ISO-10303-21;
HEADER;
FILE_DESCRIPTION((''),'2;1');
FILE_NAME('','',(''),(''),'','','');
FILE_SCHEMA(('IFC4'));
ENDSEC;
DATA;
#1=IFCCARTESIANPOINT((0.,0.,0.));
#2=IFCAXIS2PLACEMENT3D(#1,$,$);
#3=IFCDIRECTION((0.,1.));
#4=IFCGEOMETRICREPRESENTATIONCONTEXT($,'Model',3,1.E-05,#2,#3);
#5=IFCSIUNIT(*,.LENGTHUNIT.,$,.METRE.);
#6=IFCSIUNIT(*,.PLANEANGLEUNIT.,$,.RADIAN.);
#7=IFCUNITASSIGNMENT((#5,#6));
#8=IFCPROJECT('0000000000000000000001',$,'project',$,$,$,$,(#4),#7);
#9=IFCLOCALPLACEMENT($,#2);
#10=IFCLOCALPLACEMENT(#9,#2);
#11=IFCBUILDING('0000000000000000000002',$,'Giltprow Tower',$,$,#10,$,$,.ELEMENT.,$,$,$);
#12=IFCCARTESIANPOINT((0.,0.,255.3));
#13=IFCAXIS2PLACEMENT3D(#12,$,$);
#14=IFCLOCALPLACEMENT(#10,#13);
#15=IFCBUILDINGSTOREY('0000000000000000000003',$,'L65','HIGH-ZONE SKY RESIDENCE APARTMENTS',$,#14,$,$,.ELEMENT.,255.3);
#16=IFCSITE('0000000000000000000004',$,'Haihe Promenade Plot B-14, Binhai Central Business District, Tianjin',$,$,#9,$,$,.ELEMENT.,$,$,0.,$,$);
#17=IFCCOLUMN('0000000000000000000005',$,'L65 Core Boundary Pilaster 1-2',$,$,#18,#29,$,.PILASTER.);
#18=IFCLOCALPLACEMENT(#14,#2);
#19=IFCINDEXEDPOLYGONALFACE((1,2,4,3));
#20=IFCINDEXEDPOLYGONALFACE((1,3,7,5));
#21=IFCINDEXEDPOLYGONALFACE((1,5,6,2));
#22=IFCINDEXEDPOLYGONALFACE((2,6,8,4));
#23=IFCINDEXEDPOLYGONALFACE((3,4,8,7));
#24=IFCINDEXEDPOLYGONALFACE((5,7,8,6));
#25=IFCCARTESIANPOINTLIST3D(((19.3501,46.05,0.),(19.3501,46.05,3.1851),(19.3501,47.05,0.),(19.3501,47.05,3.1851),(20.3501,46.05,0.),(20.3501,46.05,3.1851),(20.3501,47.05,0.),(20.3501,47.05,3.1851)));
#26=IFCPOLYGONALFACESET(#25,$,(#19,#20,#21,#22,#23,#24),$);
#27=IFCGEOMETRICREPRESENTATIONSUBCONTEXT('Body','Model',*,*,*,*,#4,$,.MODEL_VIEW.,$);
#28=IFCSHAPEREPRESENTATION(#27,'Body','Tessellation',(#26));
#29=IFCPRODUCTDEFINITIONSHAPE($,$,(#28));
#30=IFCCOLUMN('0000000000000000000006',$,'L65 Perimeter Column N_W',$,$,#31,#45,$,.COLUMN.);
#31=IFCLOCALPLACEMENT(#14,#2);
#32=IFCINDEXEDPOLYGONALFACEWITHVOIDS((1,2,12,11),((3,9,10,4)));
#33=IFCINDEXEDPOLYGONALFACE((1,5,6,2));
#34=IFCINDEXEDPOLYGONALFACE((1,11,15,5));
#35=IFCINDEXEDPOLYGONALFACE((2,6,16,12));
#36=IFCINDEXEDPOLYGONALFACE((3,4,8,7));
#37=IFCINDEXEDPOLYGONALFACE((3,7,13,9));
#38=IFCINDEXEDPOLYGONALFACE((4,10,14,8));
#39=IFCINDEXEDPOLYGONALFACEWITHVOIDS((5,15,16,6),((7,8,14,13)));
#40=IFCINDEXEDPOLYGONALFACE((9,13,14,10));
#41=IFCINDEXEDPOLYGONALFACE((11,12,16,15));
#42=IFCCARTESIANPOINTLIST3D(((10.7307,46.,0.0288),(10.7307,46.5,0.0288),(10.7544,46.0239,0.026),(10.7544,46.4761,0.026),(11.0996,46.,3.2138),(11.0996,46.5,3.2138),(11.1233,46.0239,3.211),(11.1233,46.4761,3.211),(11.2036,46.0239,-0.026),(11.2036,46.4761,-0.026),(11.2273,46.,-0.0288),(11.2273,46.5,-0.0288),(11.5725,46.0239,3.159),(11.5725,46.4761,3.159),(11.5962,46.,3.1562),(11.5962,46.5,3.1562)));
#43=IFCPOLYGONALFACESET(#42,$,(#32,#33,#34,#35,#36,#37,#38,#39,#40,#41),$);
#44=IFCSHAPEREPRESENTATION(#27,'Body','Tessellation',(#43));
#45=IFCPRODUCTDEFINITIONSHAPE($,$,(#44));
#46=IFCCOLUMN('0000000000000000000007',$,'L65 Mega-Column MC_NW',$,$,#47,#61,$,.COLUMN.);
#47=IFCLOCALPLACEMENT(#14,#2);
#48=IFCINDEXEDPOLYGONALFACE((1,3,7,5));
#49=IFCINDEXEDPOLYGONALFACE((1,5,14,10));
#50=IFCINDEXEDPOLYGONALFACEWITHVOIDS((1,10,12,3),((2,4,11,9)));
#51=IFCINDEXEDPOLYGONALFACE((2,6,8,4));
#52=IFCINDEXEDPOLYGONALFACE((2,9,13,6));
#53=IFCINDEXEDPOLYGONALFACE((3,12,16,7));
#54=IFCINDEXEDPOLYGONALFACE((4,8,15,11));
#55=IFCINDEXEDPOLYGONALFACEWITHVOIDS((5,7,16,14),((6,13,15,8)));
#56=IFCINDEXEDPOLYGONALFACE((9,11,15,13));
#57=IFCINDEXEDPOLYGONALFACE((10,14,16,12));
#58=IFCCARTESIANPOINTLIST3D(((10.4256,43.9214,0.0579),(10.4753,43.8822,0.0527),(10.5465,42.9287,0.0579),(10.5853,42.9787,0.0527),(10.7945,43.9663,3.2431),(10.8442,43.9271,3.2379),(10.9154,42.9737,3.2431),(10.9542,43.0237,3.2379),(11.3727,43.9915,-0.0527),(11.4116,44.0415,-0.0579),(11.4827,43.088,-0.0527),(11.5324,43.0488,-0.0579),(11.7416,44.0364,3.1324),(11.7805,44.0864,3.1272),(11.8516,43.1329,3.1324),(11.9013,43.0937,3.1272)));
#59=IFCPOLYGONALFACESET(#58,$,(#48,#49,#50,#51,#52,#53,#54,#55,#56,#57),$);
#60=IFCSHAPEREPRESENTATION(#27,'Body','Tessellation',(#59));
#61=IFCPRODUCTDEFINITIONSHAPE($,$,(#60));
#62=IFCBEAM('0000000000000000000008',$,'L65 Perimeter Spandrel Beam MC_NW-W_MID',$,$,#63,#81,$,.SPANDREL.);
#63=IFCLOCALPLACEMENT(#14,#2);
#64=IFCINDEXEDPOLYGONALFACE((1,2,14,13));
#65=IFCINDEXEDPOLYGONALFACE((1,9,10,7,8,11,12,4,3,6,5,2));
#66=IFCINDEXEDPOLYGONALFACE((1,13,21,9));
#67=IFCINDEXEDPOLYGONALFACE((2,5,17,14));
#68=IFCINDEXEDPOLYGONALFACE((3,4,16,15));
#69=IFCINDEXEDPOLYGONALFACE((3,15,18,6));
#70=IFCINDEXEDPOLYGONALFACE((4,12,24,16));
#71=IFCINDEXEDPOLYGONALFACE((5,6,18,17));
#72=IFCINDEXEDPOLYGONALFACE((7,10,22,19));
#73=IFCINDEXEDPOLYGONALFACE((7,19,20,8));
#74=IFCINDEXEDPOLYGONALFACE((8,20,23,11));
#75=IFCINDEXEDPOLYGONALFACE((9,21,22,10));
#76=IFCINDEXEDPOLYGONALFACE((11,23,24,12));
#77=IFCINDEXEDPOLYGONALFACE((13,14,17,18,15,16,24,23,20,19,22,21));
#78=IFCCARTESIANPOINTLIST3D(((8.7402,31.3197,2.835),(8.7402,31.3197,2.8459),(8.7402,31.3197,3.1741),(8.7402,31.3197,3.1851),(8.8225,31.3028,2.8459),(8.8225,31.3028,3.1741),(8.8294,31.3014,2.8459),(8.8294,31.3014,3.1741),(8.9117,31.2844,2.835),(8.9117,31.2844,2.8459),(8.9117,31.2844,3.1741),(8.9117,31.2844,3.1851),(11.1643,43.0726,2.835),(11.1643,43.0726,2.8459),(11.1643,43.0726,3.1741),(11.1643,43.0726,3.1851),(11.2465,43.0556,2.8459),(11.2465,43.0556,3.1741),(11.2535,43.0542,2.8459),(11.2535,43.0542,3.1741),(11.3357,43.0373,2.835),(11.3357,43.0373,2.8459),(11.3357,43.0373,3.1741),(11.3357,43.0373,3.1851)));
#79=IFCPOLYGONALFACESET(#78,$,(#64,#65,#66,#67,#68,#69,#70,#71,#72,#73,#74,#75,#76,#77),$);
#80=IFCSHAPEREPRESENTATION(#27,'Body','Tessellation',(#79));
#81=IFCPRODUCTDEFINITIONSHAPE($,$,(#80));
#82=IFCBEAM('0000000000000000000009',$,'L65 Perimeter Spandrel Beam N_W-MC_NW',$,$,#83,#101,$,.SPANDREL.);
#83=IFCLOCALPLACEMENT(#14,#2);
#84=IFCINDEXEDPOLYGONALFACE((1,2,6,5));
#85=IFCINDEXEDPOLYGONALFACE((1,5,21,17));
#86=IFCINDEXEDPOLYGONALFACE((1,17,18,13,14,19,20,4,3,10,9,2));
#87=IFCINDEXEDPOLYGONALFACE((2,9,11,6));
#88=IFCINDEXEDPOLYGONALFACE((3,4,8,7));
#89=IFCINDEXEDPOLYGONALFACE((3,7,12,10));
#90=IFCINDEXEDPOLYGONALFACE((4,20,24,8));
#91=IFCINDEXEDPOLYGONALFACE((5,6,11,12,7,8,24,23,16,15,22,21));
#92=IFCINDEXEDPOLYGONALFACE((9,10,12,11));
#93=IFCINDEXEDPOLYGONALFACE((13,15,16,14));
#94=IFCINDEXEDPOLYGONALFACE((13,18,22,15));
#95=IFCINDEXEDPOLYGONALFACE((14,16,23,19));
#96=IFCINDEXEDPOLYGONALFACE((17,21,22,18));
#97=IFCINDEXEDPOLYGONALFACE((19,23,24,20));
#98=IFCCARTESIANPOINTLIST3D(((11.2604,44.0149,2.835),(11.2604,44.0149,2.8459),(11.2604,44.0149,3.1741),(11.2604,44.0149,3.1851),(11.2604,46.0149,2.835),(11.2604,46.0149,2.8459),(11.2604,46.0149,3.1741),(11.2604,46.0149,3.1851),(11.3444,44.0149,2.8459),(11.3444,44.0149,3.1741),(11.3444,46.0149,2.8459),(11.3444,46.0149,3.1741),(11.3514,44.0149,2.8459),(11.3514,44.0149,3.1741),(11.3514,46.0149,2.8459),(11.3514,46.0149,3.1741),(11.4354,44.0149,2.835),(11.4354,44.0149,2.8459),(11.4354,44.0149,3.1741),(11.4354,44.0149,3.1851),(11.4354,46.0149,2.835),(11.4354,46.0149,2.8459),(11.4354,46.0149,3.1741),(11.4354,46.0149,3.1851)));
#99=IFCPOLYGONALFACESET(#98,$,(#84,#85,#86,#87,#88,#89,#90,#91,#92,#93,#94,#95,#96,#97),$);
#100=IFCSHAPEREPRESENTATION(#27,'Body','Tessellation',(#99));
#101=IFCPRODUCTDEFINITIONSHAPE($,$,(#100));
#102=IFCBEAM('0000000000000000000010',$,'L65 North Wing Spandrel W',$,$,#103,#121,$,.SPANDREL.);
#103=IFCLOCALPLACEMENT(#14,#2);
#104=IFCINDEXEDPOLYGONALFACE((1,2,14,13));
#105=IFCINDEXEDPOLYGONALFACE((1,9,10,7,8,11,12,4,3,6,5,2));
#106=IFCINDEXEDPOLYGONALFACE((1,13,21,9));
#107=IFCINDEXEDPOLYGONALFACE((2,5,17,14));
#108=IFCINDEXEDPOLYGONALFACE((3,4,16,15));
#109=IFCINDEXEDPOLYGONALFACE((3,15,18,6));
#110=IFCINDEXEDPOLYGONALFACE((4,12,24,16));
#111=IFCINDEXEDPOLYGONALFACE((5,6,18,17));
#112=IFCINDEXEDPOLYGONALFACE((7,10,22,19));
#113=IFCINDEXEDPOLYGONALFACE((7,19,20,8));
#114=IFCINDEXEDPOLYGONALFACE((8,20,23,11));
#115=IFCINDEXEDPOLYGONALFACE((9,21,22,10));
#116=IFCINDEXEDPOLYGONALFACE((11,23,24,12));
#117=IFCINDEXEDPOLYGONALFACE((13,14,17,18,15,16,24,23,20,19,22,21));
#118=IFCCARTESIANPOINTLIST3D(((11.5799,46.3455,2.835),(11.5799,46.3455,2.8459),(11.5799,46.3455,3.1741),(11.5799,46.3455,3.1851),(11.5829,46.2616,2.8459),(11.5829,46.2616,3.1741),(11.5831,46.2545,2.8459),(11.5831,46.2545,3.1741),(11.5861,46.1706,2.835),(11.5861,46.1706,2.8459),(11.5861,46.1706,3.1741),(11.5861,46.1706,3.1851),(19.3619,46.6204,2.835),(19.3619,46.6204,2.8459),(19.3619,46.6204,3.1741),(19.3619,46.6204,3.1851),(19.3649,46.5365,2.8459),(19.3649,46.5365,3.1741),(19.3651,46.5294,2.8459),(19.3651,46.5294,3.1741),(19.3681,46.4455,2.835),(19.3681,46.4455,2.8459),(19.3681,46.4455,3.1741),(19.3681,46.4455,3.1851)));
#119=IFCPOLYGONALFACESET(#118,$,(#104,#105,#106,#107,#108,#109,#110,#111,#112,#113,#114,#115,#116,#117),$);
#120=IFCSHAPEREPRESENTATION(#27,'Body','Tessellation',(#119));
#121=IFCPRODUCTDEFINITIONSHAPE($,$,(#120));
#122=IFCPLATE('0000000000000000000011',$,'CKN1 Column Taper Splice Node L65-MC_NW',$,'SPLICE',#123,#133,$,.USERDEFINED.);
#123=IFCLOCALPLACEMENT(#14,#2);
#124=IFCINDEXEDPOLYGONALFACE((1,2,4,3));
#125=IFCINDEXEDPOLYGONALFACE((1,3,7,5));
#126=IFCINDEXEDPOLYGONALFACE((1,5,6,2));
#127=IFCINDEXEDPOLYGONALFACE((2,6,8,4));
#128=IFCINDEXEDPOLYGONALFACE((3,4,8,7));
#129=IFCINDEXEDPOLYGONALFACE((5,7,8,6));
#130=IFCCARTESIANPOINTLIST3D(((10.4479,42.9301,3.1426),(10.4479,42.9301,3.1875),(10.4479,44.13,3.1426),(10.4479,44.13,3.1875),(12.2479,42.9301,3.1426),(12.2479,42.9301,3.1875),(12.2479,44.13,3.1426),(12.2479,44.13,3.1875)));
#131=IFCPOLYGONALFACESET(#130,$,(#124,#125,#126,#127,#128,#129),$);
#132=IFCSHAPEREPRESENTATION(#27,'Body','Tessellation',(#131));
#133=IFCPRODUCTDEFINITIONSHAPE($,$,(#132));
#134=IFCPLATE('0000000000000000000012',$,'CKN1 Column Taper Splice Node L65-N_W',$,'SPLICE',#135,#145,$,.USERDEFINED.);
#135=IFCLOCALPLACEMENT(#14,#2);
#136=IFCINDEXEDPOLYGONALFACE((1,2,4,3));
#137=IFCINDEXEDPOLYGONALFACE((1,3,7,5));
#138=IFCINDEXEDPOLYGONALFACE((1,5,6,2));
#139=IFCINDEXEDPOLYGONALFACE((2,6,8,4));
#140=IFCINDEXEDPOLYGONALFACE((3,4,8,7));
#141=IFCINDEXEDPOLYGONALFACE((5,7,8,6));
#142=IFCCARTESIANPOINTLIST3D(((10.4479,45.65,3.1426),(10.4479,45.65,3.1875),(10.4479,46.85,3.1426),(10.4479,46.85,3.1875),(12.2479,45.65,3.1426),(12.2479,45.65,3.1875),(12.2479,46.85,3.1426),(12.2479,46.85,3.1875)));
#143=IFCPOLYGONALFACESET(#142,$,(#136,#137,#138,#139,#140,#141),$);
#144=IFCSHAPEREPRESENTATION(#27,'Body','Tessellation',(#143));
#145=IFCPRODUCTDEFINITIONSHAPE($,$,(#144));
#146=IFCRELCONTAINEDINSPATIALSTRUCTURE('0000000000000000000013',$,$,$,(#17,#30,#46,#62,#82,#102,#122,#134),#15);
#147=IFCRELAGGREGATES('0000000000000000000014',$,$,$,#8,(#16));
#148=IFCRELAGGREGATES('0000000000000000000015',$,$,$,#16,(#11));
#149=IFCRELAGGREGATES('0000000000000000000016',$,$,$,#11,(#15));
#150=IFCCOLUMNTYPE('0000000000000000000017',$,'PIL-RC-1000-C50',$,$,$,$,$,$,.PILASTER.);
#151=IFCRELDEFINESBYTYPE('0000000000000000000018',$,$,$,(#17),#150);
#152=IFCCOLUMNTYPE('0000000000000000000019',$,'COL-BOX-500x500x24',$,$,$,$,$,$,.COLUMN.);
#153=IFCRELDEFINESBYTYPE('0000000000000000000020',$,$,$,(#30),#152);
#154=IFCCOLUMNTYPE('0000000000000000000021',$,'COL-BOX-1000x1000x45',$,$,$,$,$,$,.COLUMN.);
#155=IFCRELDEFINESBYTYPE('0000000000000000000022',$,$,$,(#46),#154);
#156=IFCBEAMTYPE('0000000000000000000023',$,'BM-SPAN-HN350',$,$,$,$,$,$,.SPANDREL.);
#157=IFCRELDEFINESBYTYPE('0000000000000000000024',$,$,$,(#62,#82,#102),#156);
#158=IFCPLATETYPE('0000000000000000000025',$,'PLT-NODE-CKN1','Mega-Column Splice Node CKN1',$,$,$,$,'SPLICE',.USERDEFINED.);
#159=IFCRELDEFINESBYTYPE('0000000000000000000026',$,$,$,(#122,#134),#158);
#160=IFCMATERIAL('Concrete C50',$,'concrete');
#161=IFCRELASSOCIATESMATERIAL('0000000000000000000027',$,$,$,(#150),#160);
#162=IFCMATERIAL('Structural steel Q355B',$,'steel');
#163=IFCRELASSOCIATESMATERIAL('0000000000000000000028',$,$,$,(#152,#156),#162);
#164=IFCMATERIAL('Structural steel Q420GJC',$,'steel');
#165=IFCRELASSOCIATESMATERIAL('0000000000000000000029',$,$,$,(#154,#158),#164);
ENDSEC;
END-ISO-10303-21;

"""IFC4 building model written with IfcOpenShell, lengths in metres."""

from ifc_helpers import new_model, si_unit, direction, frame, origin, origin_2d, place, context, subcontext, project, spatial, rectangle, hollow_rectangle, i_section, extrude, source, transform, mapped, material, material_profile, profile_set, type_object, element, save


model = new_model("IFC4")

# Units and contexts
model_context = context("Model", 3, precision=1e-05, world=origin(), true_north=direction((0.0, 1.0)))
body_context = subcontext(model_context, "Body", "Model", "MODEL_VIEW")
ifc_project = project(units=[si_unit("LENGTHUNIT", "METRE"), si_unit("PLANEANGLEUNIT", "RADIAN")], contexts=[model_context])

# Site, building, storey
site_placement = place(None, origin())
site = spatial("IfcSite", under=ifc_project, at=site_placement, Name="Haihe Promenade Plot B-14, Binhai Central Business District, Tianjin", CompositionType="ELEMENT", RefElevation=0.0)
building_placement = place(site_placement, origin())
building = spatial("IfcBuilding", under=site, at=building_placement, Name="Giltprow Tower", CompositionType="ELEMENT")
storey_placement = place(building_placement, frame((0.0, 0.0, 255.3)))
storey = spatial("IfcBuildingStorey", under=building, at=storey_placement, Name="L65", Description="HIGH-ZONE SKY RESIDENCE APARTMENTS", CompositionType="ELEMENT", Elevation=255.3)

# Columns
ifc_material_1 = material(Name="Concrete C50", Category="concrete")
ifc_material_profile_1 = material_profile(ifc_material_1, rectangle(XDim=1.0, YDim=1.0, at=origin_2d()), Name="RC 1000x1000")
ifc_profile_set_1 = profile_set([ifc_material_profile_1], Name="Concrete C50")
column_type_1 = type_object("IfcColumnType", Name="PIL-RC-1000-C50", PredefinedType="PILASTER", material=ifc_profile_set_1)
shared_shape_1 = source(origin(), body_context, "Body", "SweptSolid", [
    extrude(rectangle(XDim=1.0, YDim=1.0, at=origin_2d()), origin(), (0.0, 0.0, 1.0), 3.1851),
])
column_1_placement = place(storey_placement, frame((19.8501, 46.55, 0.0), z_axis=(0.0, 0.0, 1.0), x_axis=(1.0, 0.0, 0.0)))
element("IfcColumn", 1, at=column_1_placement, inside=storey, type_object=column_type_1, Name="L65 Core Boundary Pilaster 1-2", PredefinedType="PILASTER", context=body_context, shape_type="MappedRepresentation", body=[
    mapped(shared_shape_1, transform((0.0, 0.0, 0.0), x_axis=(1.0, 0.0, 0.0), y_axis=(0.0, 1.0, 0.0), z_axis=(0.0, 0.0, 1.0), scale=1.0)),
])
ifc_material_2 = material(Name="Structural steel Q355B", Category="steel")
ifc_material_profile_2 = material_profile(ifc_material_2, hollow_rectangle(XDim=0.5, YDim=0.5, WallThickness=0.0239, at=origin_2d()), Name="BOX 500x500x24")
ifc_profile_set_2 = profile_set([ifc_material_profile_2], Name="Structural steel Q355B")
column_type_2 = type_object("IfcColumnType", Name="COL-BOX-500x500x24", PredefinedType="COLUMN", material=ifc_profile_set_2)
shared_shape_2 = source(origin(), body_context, "Body", "SweptSolid", [
    extrude(hollow_rectangle(XDim=0.5, YDim=0.5, WallThickness=0.0239, at=origin_2d()), origin(), (0.0, 0.0, 1.0), 3.2063),
])
column_2_placement = place(storey_placement, frame((10.979, 46.25, 0.0), z_axis=(0.115052, 0.0, 0.993359), x_axis=(0.0, 1.0, 0.0)))
element("IfcColumn", 2, at=column_2_placement, inside=storey, type_object=column_type_2, Name="L65 Perimeter Column N_W", PredefinedType="COLUMN", context=body_context, shape_type="MappedRepresentation", body=[
    mapped(shared_shape_2, transform((0.0, 0.0, 0.0), x_axis=(1.0, 0.0, 0.0), y_axis=(0.0, 1.0, 0.0), z_axis=(0.0, 0.0, 1.0), scale=1.0)),
])
ifc_material_3 = material(Name="Structural steel Q420GJC", Category="steel")
ifc_material_profile_3 = material_profile(ifc_material_3, hollow_rectangle(XDim=1.0, YDim=1.0, WallThickness=0.0449, at=origin_2d()), Name="BOX 1000x1000x45")
ifc_profile_set_3 = profile_set([ifc_material_profile_3], Name="Structural steel Q420GJC")
column_type_3 = type_object("IfcColumnType", Name="COL-BOX-1000x1000x45", PredefinedType="COLUMN", material=ifc_profile_set_3)
shared_shape_3 = source(origin(), body_context, "Body", "SweptSolid", [
    extrude(hollow_rectangle(XDim=1.0, YDim=1.0, WallThickness=0.0449, at=origin_2d()), origin(), (0.0, 0.0, 1.0), 3.2068),
])
column_3_placement = place(storey_placement, frame((10.979, 43.4851, 0.0), z_axis=(0.115041, 0.014009, 0.993262), x_axis=(-0.120881, 0.992667, 0.0)))
element("IfcColumn", 3, at=column_3_placement, inside=storey, type_object=column_type_3, Name="L65 Mega-Column MC_NW", PredefinedType="COLUMN", context=body_context, shape_type="MappedRepresentation", body=[
    mapped(shared_shape_3, transform((0.0, 0.0, 0.0), x_axis=(1.0, 0.0, 0.0), y_axis=(0.0, 1.0, 0.0), z_axis=(0.0, 0.0, 1.0), scale=1.0)),
])

# Beams
ifc_material_profile_4 = material_profile(ifc_material_2, i_section(OverallWidth=0.175, OverallDepth=0.3501, WebThickness=0.0071, FlangeThickness=0.011, at=origin_2d()), Name="HN 350x175x7x11")
ifc_profile_set_4 = profile_set([ifc_material_profile_4], Name="Structural steel Q355B")
beam_type = type_object("IfcBeamType", Name="BM-SPAN-HN350", PredefinedType="SPANDREL", material=ifc_profile_set_4)
shared_shape_4 = source(origin(), body_context, "Body", "SweptSolid", [
    extrude(i_section(OverallWidth=0.175, OverallDepth=0.3501, WebThickness=0.0071, FlangeThickness=0.011, at=origin_2d()), origin(), (0.0, 0.0, 1.0), 12.0002),
])
beam_1_placement = place(storey_placement, frame((11.25, 43.0549, 3.01), z_axis=(-0.202001, -0.979385, 0.0), x_axis=(0.979385, -0.202001, 0.0)))
element("IfcBeam", 4, at=beam_1_placement, inside=storey, type_object=beam_type, Name="L65 Perimeter Spandrel Beam MC_NW-W_MID", PredefinedType="SPANDREL", context=body_context, shape_type="MappedRepresentation", body=[
    mapped(shared_shape_4, transform((0.0, 0.0, 0.0), x_axis=(1.0, 0.0, 0.0), y_axis=(0.0, 1.0, 0.0), z_axis=(0.0, 0.0, 1.0), scale=1.0)),
])
shared_shape_5 = source(origin(), body_context, "Body", "SweptSolid", [
    extrude(i_section(OverallWidth=0.175, OverallDepth=0.3501, WebThickness=0.0071, FlangeThickness=0.011, at=origin_2d()), origin(), (0.0, 0.0, 1.0), 2.0),
])
beam_2_placement = place(storey_placement, frame((11.3479, 46.0149, 3.01), z_axis=(0.0, -1.0, 0.0), x_axis=(1.0, 0.0, 0.0)))
element("IfcBeam", 5, at=beam_2_placement, inside=storey, type_object=beam_type, Name="L65 Perimeter Spandrel Beam N_W-MC_NW", PredefinedType="SPANDREL", context=body_context, shape_type="MappedRepresentation", body=[
    mapped(shared_shape_5, transform((0.0, 0.0, 0.0), x_axis=(1.0, 0.0, 0.0), y_axis=(0.0, 1.0, 0.0), z_axis=(0.0, 0.0, 1.0), scale=1.0)),
])
shared_shape_6 = source(origin(), body_context, "Body", "SweptSolid", [
    extrude(i_section(OverallWidth=0.175, OverallDepth=0.3501, WebThickness=0.0071, FlangeThickness=0.011, at=origin_2d()), origin(), (0.0, 0.0, 1.0), 7.7869),
])
beam_3_placement = place(storey_placement, frame((11.583, 46.2581, 3.01), z_axis=(0.999377, 0.035303, 0.0), x_axis=(-0.035303, 0.999377, 0.0)))
element("IfcBeam", 6, at=beam_3_placement, inside=storey, type_object=beam_type, Name="L65 North Wing Spandrel W", PredefinedType="SPANDREL", context=body_context, shape_type="MappedRepresentation", body=[
    mapped(shared_shape_6, transform((0.0, 0.0, 0.0), x_axis=(1.0, 0.0, 0.0), y_axis=(0.0, 1.0, 0.0), z_axis=(0.0, 0.0, 1.0), scale=1.0)),
])

# Plates
plate_type = type_object("IfcPlateType", Name="PLT-NODE-CKN1", Description="Mega-Column Splice Node CKN1", ElementType="SPLICE", PredefinedType="USERDEFINED", material=ifc_material_3)
shared_shape_7 = source(origin(), body_context, "Body", "SweptSolid", [
    extrude(rectangle(XDim=1.8, YDim=1.2, at=origin_2d()), origin(), (0.0, 0.0, 1.0), 0.0449),
])
for number, where, z_axis, x_axis, name in (
    (7, (11.3479, 43.53, 3.1426), (0.0, 0.0, 1.0), (1.0, 0.0, 0.0), "CKN1 Column Taper Splice Node L65-MC_NW"),
    (8, (11.3479, 46.25, 3.1426), (0.0, 0.0, 1.0), (1.0, 0.0, 0.0), "CKN1 Column Taper Splice Node L65-N_W"),
):
    element("IfcPlate", number, at=place(storey_placement, frame(where, z_axis=z_axis, x_axis=x_axis)), inside=storey, type_object=plate_type, Name=name, ObjectType="SPLICE", PredefinedType="USERDEFINED", context=body_context, shape_type="MappedRepresentation", body=[
        mapped(shared_shape_7, transform((0.0, 0.0, 0.0), x_axis=(1.0, 0.0, 0.0), y_axis=(0.0, 1.0, 0.0), z_axis=(0.0, 0.0, 1.0), scale=1.0)),
    ])

save(model, "model.ifc")
